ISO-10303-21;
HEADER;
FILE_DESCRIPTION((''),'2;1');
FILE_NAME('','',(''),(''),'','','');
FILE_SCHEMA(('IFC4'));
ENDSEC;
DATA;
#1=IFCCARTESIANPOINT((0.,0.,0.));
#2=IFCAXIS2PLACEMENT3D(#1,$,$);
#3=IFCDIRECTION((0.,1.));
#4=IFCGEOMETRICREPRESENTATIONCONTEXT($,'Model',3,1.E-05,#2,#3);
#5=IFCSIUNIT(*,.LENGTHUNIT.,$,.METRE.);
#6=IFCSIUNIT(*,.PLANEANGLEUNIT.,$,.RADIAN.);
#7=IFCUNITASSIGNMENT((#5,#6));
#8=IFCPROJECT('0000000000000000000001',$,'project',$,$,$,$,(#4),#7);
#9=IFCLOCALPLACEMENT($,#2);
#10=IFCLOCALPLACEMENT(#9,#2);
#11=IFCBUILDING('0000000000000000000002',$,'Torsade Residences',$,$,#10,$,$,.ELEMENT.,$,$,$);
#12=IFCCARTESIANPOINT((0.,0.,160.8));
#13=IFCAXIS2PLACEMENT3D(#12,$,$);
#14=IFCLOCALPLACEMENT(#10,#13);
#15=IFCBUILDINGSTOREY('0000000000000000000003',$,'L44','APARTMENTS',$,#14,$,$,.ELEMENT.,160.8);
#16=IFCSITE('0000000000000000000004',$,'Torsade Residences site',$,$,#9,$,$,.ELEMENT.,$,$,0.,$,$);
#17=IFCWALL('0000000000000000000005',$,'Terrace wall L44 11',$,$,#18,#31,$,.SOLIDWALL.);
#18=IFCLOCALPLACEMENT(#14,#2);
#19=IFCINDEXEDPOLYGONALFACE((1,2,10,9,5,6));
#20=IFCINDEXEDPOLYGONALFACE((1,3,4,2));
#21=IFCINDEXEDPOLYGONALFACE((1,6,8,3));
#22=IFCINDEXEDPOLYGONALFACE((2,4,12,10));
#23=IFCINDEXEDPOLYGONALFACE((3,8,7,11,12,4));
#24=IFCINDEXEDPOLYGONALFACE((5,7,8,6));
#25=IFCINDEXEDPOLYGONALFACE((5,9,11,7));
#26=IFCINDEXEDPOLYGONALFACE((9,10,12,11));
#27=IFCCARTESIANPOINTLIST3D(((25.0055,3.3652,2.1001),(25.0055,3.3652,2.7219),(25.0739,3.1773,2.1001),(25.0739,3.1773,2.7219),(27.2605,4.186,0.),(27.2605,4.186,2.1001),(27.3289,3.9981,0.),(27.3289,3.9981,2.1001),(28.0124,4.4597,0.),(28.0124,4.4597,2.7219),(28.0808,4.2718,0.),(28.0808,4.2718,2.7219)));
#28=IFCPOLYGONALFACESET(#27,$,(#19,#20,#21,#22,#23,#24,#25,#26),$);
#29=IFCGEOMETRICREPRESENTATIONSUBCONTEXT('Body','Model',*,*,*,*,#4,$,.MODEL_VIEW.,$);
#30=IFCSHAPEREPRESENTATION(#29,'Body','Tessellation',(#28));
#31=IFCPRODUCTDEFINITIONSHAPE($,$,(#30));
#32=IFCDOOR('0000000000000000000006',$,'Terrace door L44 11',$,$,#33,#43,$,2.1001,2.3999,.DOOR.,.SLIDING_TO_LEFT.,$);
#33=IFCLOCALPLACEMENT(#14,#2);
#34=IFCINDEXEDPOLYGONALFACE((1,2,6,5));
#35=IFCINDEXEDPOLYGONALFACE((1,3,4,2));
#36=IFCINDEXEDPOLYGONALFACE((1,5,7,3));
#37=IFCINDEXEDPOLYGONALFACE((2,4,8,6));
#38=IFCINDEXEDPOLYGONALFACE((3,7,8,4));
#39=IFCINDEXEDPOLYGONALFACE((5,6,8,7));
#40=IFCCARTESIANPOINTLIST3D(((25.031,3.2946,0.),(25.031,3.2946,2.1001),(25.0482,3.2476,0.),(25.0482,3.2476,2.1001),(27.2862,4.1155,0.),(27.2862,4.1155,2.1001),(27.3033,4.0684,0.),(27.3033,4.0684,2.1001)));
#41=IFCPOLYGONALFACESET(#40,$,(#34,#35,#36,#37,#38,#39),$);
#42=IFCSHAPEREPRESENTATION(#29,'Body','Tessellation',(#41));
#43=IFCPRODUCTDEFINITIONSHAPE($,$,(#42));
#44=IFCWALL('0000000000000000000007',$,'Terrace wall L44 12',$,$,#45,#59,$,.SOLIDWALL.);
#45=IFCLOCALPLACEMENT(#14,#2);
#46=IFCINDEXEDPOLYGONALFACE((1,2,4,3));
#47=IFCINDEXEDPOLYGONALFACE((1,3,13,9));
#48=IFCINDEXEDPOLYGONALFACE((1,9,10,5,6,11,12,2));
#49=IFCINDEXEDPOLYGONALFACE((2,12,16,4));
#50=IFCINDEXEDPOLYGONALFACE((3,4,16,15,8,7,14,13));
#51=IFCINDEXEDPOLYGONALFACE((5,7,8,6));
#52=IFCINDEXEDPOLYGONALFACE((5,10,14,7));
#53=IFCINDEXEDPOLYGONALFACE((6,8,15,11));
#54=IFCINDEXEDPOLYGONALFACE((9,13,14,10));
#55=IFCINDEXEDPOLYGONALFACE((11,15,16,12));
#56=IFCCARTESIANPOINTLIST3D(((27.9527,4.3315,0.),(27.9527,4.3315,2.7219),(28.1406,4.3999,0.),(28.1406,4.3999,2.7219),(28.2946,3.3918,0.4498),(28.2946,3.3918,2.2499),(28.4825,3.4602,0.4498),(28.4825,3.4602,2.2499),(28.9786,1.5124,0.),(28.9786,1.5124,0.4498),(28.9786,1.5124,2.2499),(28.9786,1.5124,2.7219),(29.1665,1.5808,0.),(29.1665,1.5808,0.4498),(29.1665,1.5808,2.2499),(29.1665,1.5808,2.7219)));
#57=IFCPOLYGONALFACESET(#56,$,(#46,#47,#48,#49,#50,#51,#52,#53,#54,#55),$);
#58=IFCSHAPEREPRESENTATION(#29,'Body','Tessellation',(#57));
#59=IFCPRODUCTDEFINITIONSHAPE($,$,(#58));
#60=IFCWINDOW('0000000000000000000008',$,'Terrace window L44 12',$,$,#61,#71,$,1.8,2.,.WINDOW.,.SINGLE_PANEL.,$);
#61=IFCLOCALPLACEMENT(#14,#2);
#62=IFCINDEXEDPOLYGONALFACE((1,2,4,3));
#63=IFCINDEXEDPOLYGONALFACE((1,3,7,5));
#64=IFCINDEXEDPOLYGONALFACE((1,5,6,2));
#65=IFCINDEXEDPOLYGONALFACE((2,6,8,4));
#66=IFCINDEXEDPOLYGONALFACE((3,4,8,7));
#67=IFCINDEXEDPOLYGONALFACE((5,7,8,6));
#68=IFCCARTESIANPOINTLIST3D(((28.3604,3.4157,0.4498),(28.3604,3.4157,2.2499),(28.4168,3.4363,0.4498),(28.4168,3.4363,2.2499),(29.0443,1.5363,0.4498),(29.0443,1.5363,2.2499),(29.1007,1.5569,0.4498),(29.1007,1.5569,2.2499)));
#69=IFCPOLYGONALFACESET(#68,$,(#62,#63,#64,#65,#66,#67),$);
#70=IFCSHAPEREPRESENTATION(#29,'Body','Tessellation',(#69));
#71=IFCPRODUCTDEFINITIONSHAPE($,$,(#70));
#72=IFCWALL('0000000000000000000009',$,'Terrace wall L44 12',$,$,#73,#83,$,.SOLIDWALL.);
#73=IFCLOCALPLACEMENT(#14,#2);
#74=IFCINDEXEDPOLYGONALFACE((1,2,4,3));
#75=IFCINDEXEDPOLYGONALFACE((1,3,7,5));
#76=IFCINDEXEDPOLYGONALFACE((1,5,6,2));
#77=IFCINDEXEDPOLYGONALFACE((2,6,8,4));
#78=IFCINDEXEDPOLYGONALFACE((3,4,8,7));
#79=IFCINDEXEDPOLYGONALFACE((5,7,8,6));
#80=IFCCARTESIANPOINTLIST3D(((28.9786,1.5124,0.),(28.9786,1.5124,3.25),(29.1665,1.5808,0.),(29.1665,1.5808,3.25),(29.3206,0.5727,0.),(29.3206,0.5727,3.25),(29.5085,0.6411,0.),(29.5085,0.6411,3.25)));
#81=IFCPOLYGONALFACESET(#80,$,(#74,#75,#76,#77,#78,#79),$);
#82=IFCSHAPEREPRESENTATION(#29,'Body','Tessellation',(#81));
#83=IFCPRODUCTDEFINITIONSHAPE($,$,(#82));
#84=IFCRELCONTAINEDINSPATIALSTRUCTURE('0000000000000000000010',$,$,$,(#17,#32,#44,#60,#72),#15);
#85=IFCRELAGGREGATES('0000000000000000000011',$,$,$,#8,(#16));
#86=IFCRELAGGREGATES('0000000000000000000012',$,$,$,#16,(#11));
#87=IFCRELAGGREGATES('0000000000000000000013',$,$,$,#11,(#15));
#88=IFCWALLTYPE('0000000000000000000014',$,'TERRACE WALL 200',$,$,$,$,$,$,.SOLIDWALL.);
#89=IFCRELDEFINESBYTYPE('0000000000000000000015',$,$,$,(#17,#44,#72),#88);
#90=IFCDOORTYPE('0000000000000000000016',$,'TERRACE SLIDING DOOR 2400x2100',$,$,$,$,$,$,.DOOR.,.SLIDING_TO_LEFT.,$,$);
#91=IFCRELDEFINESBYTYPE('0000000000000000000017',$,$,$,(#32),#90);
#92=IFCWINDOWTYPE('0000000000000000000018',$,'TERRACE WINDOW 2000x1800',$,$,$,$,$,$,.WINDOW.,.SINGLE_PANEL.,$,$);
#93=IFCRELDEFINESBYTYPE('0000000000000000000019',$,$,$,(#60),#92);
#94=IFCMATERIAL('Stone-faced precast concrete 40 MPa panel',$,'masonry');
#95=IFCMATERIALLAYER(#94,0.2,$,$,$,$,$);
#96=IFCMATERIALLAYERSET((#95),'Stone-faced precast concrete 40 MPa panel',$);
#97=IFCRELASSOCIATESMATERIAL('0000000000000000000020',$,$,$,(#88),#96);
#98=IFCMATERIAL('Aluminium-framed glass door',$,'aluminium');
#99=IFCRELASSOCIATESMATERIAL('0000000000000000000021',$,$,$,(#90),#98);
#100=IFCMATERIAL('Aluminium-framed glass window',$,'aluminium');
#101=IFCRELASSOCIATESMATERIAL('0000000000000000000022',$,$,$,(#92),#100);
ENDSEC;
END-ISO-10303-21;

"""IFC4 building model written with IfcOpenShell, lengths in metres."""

from ifc_helpers import new_model, si_unit, direction, frame, frame_2d, origin, place, context, subcontext, project, spatial, rectangle, extrude, material, layer, layer_set, type_object, element, fill, save


model = new_model("IFC4")

# Units and contexts
model_context = context("Model", 3, precision=1e-05, world=origin(), true_north=direction((0.0, 1.0)))
body_context = subcontext(model_context, "Body", "Model", "MODEL_VIEW")
ifc_project = project(units=[si_unit("LENGTHUNIT", "METRE"), si_unit("PLANEANGLEUNIT", "RADIAN")], contexts=[model_context])

# Site, building, storey
site_placement = place(None, origin())
site = spatial("IfcSite", under=ifc_project, at=site_placement, Name="Torsade Residences site", CompositionType="ELEMENT", RefElevation=0.0)
building_placement = place(site_placement, origin())
building = spatial("IfcBuilding", under=site, at=building_placement, Name="Torsade Residences", CompositionType="ELEMENT")
storey_placement = place(building_placement, frame((0.0, 0.0, 160.8)))
storey = spatial("IfcBuildingStorey", under=building, at=storey_placement, Name="L44", Description="APARTMENTS", CompositionType="ELEMENT", Elevation=160.8)

# Wall, opening, door
ifc_material_1 = material(Name="Stone-faced precast concrete 40 MPa panel", Category="masonry")
ifc_layer_1 = layer(ifc_material_1, 0.2)
ifc_layer_set_1 = layer_set([ifc_layer_1], Name="Stone-faced precast concrete 40 MPa panel")
wall_type_1 = type_object("IfcWallType", Name="TERRACE WALL 200", PredefinedType="SOLIDWALL", material=ifc_layer_set_1)
wall_1_placement = place(storey_placement, frame((25.0396, 3.2712, 0.0), z_axis=(0.0, 0.0, 1.0), x_axis=(0.939693, 0.342019, 0.0)))
wall_1 = element("IfcWall", 1, at=wall_1_placement, inside=storey, type_object=wall_type_1, Name="Terrace wall L44 11", PredefinedType="SOLIDWALL", context=body_context, shape_type="SweptSolid", body=[
    extrude(rectangle(XDim=3.2, YDim=0.2, at=frame_2d((1.6001, 0.0))), origin(), (0.0, 0.0, 1.0), 2.7219),
])
opening_1_placement = place(wall_1_placement, origin())
opening_1 = element("IfcOpeningElement", 2, at=opening_1_placement, cuts=wall_1, PredefinedType="OPENING", context=body_context, shape_type="SweptSolid", body=[
    extrude(rectangle(XDim=2.3999, YDim=2.1001, at=frame_2d((1.2, 1.05))), frame((0.0, 0.1099, 0.0), z_axis=(0.0, -1.0, 0.0), x_axis=(1.0, 0.0, 0.0)), (0.0, 0.0, 1.0), 0.22),
])
ifc_material_2 = material(Name="Aluminium-framed glass door", Category="aluminium")
door_type_1 = type_object("IfcDoorType", Name="TERRACE SLIDING DOOR 2400x2100", OperationType="SLIDING_TO_LEFT", PredefinedType="DOOR", material=ifc_material_2)
door_1_placement = place(opening_1_placement, origin())
door_1 = element("IfcDoor", 3, at=door_1_placement, inside=storey, type_object=door_type_1, Name="Terrace door L44 11", OperationType="SLIDING_TO_LEFT", OverallHeight=2.1001, OverallWidth=2.3999, PredefinedType="DOOR", context=body_context, shape_type="SweptSolid", body=[
    extrude(rectangle(XDim=2.3999, YDim=2.1001, at=frame_2d((1.2, 1.05))), frame((0.0, 0.0249, 0.0), z_axis=(0.0, -1.0, 0.0), x_axis=(1.0, 0.0, 0.0)), (0.0, 0.0, 1.0), 0.05),
])
fill(opening_1, door_1)

# Wall, opening, window
wall_2_placement = place(storey_placement, frame((28.0466, 4.3657, 0.0), z_axis=(0.0, 0.0, 1.0), x_axis=(0.341965, -0.939713, 0.0)))
wall_2 = element("IfcWall", 4, at=wall_2_placement, inside=storey, type_object=wall_type_1, Name="Terrace wall L44 12", PredefinedType="SOLIDWALL", context=body_context, shape_type="SweptSolid", body=[
    extrude(rectangle(XDim=3.0, YDim=0.2, at=frame_2d((1.5, 0.0))), origin(), (0.0, 0.0, 1.0), 2.7219),
])
opening_2_placement = place(wall_2_placement, frame((1.0, 0.0, 0.45)))
opening_2 = element("IfcOpeningElement", 5, at=opening_2_placement, cuts=wall_2, PredefinedType="OPENING", context=body_context, shape_type="SweptSolid", body=[
    extrude(rectangle(XDim=2.0, YDim=1.8, at=frame_2d((1.0, 0.8999))), frame((0.0, 0.1099, 0.0), z_axis=(0.0, -1.0, 0.0), x_axis=(1.0, 0.0, 0.0)), (0.0, 0.0, 1.0), 0.22),
])
ifc_material_3 = material(Name="Aluminium-framed glass window", Category="aluminium")
window_type = type_object("IfcWindowType", Name="TERRACE WINDOW 2000x1800", PartitioningType="SINGLE_PANEL", PredefinedType="WINDOW", material=ifc_material_3)
window_placement = place(opening_2_placement, origin())
window = element("IfcWindow", 6, at=window_placement, inside=storey, type_object=window_type, Name="Terrace window L44 12", OverallHeight=1.8, OverallWidth=2.0, PartitioningType="SINGLE_PANEL", PredefinedType="WINDOW", context=body_context, shape_type="SweptSolid", body=[
    extrude(rectangle(XDim=2.0, YDim=1.8, at=frame_2d((1.0, 0.8999))), frame((0.0, 0.03, 0.0), z_axis=(0.0, -1.0, 0.0), x_axis=(1.0, 0.0, 0.0)), (0.0, 0.0, 1.0), 0.0601),
])
fill(opening_2, window)

# Wall
wall_3_placement = place(storey_placement, frame((29.0725, 1.5466, 0.0), z_axis=(0.0, 0.0, 1.0), x_axis=(0.342037, -0.939686, 0.0)))
element("IfcWall", 7, at=wall_3_placement, inside=storey, type_object=wall_type_1, Name="Terrace wall L44 12", PredefinedType="SOLIDWALL", context=body_context, shape_type="SweptSolid", body=[
    extrude(rectangle(XDim=1.0, YDim=0.2, at=frame_2d((0.5, 0.0))), origin(), (0.0, 0.0, 1.0), 3.25),
])

save(model, "model.ifc")
